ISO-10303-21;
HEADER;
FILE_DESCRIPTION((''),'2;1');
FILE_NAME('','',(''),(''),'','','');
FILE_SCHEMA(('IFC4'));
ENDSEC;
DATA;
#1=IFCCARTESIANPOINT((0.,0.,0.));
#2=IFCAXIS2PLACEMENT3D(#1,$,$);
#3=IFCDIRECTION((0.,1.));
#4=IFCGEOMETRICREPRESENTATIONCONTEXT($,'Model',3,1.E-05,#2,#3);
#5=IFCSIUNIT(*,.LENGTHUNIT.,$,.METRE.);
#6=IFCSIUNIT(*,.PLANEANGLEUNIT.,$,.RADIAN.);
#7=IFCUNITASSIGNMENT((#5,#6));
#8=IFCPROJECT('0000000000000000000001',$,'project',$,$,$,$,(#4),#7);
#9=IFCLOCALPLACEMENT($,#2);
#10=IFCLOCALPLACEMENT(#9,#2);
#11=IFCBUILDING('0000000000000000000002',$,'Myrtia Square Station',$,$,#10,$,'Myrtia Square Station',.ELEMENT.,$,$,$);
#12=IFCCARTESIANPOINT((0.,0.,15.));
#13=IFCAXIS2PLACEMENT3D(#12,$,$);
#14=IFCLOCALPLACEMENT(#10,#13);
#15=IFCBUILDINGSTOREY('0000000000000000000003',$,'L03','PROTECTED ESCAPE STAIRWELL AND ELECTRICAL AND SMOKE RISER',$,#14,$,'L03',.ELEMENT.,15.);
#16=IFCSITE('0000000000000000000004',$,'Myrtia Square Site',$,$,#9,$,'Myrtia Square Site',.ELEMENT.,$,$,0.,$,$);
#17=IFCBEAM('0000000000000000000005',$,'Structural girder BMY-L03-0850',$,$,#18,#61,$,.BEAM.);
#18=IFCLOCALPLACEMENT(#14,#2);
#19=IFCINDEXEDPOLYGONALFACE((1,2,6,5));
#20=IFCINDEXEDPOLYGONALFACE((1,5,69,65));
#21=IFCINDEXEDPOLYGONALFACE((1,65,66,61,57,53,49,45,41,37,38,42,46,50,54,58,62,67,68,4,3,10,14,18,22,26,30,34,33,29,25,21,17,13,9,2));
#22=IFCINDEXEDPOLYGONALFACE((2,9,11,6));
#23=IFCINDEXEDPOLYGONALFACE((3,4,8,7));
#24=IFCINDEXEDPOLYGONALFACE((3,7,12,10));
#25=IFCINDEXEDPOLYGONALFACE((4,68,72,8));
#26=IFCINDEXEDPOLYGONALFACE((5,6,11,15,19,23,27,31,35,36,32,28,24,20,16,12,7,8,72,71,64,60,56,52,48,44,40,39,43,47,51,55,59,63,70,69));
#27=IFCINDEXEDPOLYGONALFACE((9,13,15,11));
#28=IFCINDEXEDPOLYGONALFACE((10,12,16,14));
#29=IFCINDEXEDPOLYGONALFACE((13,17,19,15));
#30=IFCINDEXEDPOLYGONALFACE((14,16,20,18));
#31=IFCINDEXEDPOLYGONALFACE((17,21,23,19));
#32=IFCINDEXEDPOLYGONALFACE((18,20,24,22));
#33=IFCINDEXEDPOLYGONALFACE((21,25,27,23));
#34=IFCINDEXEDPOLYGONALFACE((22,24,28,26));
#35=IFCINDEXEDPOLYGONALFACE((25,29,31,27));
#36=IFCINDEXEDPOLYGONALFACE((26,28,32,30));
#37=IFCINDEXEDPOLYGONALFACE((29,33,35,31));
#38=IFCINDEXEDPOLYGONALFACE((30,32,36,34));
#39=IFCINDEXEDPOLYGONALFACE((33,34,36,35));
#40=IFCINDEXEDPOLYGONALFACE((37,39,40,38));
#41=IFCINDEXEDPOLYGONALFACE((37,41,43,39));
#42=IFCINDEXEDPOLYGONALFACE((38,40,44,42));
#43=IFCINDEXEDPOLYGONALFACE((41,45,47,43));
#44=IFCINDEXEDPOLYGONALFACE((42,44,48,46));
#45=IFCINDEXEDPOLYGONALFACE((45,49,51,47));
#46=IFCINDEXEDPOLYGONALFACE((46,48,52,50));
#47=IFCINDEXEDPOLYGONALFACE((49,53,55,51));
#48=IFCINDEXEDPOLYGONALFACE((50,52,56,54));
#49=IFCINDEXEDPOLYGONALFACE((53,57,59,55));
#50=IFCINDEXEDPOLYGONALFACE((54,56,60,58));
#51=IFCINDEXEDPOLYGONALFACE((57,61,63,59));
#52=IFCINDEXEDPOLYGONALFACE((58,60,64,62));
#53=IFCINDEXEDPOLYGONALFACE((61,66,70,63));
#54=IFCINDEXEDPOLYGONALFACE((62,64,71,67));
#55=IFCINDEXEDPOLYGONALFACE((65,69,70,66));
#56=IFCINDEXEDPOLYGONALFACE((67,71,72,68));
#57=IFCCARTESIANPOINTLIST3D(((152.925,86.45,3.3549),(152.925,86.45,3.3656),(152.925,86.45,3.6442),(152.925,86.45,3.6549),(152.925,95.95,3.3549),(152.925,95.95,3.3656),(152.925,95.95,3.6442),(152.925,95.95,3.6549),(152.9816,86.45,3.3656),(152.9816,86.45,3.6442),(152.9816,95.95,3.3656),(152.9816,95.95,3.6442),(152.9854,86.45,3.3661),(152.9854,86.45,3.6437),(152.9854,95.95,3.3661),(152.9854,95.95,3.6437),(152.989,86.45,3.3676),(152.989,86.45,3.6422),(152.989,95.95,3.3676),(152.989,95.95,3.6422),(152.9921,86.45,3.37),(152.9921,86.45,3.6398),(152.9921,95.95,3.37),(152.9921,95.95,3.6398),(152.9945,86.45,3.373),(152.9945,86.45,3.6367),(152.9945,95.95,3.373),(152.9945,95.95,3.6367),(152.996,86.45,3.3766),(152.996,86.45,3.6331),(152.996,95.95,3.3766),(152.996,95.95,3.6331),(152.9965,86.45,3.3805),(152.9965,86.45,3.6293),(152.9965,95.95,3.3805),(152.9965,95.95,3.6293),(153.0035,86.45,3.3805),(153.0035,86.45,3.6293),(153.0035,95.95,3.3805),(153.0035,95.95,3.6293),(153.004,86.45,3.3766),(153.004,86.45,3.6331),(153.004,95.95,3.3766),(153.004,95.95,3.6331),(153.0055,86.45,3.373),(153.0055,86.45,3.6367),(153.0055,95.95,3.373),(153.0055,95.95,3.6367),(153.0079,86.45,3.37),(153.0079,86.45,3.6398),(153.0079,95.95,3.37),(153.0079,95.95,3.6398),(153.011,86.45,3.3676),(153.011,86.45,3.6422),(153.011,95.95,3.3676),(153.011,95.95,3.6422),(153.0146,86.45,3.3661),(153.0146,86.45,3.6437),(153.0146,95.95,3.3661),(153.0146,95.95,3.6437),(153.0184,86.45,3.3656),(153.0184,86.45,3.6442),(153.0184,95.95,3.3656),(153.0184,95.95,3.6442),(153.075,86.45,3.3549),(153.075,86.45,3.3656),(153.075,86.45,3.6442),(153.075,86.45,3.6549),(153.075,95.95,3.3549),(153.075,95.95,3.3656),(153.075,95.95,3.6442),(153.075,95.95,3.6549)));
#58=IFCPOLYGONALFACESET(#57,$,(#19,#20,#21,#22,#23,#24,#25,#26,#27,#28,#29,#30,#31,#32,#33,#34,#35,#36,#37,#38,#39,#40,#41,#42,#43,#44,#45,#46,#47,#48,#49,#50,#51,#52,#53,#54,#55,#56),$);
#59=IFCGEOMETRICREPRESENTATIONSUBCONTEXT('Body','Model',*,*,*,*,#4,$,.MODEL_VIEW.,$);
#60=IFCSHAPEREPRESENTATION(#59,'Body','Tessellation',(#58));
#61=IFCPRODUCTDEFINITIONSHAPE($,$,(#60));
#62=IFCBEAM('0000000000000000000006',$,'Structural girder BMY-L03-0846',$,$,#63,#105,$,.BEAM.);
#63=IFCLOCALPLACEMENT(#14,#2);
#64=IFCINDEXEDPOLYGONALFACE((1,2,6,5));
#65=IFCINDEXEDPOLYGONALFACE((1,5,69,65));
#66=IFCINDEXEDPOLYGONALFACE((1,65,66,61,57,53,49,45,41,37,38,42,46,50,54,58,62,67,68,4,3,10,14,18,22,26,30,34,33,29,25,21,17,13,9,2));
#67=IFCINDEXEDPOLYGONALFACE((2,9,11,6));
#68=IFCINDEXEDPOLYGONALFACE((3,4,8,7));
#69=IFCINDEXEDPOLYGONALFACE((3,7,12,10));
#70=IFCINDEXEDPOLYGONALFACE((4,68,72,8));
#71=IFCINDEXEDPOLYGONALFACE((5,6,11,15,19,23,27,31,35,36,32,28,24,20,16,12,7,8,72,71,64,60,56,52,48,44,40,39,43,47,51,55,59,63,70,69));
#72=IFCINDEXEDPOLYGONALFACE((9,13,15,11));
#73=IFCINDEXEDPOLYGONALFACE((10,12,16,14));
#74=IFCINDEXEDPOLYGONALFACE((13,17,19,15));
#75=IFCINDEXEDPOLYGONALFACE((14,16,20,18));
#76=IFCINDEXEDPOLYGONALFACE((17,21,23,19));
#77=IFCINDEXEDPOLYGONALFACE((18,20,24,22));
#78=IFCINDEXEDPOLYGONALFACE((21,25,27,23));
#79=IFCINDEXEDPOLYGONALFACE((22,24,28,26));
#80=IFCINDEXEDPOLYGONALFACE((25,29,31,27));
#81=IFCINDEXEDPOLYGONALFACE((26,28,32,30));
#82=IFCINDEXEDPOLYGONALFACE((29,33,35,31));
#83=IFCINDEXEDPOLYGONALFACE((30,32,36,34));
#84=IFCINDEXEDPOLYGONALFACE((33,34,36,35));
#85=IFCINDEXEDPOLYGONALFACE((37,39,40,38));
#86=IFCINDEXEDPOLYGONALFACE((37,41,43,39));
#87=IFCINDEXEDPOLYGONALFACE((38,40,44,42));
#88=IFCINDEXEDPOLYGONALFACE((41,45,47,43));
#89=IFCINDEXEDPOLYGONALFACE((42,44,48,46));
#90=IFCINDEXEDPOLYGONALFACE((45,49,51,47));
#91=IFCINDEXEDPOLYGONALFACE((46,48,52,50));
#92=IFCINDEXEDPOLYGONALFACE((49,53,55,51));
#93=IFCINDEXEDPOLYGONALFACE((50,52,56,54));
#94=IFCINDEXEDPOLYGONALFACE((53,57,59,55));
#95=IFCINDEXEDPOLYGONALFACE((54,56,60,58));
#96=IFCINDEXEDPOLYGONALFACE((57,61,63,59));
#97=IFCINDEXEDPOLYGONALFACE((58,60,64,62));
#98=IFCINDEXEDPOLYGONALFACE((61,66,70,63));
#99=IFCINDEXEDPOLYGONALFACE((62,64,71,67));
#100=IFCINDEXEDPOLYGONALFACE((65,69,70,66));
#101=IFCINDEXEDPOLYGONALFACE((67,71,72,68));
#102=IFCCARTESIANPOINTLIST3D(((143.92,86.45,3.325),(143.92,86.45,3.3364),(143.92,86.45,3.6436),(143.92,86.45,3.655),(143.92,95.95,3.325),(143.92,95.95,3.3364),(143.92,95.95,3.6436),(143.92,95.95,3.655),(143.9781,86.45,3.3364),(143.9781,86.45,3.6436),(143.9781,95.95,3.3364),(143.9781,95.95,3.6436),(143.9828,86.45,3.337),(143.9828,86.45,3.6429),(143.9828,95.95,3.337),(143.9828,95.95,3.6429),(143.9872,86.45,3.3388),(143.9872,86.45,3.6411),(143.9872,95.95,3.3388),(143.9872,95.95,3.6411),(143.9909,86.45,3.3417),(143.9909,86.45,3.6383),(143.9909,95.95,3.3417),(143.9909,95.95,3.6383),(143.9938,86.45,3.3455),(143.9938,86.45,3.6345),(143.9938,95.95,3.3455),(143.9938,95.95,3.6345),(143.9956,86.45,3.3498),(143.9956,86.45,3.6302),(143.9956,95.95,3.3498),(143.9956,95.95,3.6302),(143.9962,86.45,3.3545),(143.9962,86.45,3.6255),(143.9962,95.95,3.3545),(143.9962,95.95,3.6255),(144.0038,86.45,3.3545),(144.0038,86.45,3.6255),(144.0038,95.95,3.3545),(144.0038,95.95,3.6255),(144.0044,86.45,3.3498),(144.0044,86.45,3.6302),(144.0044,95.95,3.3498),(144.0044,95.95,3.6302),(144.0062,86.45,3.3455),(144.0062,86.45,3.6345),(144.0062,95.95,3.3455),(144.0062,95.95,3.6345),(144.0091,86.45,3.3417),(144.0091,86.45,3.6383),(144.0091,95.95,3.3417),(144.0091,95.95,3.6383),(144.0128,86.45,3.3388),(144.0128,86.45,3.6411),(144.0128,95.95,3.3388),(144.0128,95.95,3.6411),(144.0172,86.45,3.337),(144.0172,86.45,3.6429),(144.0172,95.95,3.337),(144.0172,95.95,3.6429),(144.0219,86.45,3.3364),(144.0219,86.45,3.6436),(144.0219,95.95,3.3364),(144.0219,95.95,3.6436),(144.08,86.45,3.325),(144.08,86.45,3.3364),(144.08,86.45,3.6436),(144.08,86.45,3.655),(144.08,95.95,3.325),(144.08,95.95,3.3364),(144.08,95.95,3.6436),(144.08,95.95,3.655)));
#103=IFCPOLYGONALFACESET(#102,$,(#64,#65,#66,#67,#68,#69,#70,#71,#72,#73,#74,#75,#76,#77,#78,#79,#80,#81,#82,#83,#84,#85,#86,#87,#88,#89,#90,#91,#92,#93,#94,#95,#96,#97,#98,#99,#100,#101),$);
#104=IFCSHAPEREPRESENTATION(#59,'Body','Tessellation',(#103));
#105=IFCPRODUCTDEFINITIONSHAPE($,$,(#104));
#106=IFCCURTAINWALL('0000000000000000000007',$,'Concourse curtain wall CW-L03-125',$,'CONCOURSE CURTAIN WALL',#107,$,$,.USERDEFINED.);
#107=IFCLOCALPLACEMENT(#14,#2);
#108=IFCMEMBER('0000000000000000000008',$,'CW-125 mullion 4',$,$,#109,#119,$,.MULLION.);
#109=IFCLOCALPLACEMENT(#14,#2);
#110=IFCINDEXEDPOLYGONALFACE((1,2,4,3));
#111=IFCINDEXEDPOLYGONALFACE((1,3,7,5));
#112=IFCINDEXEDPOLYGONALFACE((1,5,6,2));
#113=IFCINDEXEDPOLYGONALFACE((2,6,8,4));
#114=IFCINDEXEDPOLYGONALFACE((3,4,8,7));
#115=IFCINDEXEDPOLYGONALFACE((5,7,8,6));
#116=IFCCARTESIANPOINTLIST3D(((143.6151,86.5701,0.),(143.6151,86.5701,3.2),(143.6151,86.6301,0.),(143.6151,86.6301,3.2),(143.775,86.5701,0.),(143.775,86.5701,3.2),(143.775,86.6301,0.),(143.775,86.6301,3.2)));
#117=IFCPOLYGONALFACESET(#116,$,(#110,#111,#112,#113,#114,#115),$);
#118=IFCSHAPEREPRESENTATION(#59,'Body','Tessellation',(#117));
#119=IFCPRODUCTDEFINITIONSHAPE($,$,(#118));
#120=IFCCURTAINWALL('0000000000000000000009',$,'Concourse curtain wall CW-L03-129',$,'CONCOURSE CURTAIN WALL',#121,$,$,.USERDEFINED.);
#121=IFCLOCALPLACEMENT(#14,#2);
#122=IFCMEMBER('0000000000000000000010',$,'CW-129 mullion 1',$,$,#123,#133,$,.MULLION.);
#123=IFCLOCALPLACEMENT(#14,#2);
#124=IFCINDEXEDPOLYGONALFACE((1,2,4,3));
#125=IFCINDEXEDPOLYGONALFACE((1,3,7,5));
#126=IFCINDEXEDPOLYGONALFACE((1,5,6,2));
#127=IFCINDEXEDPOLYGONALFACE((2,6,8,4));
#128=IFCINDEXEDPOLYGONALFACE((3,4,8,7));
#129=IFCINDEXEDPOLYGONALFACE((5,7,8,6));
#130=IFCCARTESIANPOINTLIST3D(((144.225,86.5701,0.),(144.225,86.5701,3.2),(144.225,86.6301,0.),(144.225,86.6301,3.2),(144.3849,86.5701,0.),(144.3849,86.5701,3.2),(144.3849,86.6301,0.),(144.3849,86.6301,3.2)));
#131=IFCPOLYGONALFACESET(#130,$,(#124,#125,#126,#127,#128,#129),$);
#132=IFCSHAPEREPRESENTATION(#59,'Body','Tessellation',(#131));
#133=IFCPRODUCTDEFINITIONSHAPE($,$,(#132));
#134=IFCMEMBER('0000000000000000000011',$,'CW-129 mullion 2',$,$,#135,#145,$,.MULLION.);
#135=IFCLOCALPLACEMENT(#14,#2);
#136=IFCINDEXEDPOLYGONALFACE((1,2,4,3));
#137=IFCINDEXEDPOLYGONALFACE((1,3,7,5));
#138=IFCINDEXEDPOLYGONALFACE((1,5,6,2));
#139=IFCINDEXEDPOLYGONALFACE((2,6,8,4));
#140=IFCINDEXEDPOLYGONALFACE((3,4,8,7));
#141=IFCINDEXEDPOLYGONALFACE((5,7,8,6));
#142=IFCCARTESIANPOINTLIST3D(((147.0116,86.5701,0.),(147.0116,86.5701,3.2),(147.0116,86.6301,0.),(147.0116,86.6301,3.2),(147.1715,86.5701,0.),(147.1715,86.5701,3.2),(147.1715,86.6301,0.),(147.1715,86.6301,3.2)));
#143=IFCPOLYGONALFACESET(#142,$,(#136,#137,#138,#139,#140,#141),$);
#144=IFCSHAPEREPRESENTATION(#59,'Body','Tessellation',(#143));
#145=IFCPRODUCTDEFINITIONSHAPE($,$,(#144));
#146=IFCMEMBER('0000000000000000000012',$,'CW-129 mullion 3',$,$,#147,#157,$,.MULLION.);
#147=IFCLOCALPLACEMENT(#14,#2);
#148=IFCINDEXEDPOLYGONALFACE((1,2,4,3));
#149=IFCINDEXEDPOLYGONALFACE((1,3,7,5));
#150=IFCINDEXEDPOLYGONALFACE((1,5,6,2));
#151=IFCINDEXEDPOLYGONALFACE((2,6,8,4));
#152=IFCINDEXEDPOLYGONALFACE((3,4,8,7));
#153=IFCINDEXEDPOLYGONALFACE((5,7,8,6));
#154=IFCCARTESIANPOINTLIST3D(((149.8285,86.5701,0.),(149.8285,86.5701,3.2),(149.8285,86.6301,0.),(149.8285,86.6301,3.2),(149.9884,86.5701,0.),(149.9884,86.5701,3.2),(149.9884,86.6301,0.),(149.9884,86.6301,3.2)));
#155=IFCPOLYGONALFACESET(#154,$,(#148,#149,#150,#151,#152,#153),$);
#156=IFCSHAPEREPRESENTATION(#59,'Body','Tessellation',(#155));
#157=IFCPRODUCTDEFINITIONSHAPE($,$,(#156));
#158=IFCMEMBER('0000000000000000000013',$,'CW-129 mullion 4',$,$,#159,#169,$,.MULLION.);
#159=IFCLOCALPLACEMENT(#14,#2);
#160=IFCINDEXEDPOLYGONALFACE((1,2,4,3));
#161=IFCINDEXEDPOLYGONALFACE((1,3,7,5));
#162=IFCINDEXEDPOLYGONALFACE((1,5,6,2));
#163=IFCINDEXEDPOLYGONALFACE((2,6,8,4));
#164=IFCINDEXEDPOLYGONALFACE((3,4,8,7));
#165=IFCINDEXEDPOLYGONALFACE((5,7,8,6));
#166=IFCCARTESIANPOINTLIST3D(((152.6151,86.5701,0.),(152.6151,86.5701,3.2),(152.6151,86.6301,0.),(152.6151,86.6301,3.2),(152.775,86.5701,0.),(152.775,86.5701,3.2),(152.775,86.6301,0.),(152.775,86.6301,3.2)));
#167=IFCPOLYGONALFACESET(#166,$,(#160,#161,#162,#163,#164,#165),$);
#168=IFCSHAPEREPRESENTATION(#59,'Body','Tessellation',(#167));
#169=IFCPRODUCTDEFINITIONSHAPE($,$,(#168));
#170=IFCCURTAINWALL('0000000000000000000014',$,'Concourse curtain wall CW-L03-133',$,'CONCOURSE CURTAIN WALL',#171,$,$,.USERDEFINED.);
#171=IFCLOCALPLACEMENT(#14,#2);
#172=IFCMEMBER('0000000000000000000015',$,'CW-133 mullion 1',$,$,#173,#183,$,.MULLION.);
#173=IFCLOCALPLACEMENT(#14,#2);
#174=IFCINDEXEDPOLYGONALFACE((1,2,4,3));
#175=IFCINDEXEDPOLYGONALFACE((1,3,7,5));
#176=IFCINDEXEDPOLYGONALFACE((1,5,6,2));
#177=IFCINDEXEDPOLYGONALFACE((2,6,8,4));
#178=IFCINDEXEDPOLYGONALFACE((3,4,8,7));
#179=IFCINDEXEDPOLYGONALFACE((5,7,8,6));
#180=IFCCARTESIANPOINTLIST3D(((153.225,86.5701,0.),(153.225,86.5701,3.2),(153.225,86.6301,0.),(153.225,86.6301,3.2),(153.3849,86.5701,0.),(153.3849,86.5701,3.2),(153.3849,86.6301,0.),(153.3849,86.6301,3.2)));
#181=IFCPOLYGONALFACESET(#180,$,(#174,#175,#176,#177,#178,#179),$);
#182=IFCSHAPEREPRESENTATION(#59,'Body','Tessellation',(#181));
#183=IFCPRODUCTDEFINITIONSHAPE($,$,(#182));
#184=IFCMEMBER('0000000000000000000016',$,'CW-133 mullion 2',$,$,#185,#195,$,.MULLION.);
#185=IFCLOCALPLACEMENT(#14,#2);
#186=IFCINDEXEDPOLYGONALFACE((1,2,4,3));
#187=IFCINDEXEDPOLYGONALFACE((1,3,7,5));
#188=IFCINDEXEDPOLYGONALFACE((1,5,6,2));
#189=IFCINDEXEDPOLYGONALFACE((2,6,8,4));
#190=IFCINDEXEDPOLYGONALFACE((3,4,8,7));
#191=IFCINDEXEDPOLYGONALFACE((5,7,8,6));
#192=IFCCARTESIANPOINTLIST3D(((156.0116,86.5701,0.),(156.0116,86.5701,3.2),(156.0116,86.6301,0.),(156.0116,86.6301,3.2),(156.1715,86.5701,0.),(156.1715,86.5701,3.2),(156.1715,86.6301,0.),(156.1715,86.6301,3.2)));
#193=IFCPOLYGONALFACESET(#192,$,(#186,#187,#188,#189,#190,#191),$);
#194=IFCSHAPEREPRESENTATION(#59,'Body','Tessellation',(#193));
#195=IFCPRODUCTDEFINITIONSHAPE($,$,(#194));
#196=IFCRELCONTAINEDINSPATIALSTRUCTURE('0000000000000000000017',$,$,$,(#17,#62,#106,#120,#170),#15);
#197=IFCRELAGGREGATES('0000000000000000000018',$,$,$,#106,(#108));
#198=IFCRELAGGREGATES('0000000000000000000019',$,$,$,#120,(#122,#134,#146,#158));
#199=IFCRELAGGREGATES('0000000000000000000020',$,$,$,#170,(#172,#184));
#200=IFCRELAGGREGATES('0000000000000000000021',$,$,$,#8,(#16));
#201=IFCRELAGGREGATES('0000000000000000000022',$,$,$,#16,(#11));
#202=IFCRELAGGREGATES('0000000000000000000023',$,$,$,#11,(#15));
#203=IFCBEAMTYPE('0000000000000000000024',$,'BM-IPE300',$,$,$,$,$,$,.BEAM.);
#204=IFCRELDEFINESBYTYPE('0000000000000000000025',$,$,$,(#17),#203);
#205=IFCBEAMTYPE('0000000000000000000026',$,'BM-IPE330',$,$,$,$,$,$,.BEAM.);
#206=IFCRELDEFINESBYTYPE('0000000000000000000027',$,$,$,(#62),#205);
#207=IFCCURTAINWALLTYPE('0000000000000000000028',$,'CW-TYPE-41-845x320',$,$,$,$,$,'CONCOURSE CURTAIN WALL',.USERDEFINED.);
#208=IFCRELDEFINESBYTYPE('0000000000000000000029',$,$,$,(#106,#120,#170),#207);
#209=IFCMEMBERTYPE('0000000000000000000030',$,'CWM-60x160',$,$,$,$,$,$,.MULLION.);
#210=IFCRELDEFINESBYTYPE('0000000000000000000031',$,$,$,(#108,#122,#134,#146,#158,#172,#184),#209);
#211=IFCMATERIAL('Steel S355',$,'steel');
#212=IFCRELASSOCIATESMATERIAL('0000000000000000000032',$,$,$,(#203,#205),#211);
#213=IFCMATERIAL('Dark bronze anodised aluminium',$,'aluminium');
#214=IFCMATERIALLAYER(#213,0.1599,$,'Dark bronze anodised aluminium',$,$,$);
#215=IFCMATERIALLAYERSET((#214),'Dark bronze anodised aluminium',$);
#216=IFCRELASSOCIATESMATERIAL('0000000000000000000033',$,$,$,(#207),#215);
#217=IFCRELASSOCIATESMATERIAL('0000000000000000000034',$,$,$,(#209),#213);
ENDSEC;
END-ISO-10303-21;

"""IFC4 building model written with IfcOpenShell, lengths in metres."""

from ifc_helpers import new_model, si_unit, direction, frame, origin, origin_2d, place, context, subcontext, project, spatial, rectangle, i_section, extrude, material, layer, layer_set, material_profile, profile_set, type_object, element, aggregate, save


model = new_model("IFC4")

# Units and contexts
model_context = context("Model", 3, precision=1e-05, world=origin(), true_north=direction((0.0, 1.0)))
body_context = subcontext(model_context, "Body", "Model", "MODEL_VIEW")
ifc_project = project(units=[si_unit("LENGTHUNIT", "METRE"), si_unit("PLANEANGLEUNIT", "RADIAN")], contexts=[model_context])

# Site, building, storey
site_placement = place(None, origin())
site = spatial("IfcSite", under=ifc_project, at=site_placement, Name="Myrtia Square Site", LongName="Myrtia Square Site", CompositionType="ELEMENT", RefElevation=0.0)
building_placement = place(site_placement, origin())
building = spatial("IfcBuilding", under=site, at=building_placement, Name="Myrtia Square Station", LongName="Myrtia Square Station", CompositionType="ELEMENT")
storey_placement = place(building_placement, frame((0.0, 0.0, 15.0)))
storey = spatial("IfcBuildingStorey", under=building, at=storey_placement, Name="L03", Description="PROTECTED ESCAPE STAIRWELL AND ELECTRICAL AND SMOKE RISER", LongName="L03", CompositionType="ELEMENT", Elevation=15.0)

# Beams
ifc_material_1 = material(Name="Steel S355", Category="steel")
ifc_material_profile_1 = material_profile(ifc_material_1, i_section(OverallWidth=0.1499, OverallDepth=0.3, WebThickness=0.0071, FlangeThickness=0.0107, FilletRadius=0.0149, at=origin_2d()), Name="IPE 300")
ifc_profile_set_1 = profile_set([ifc_material_profile_1], Name="Steel S355")
beam_type_1 = type_object("IfcBeamType", Name="BM-IPE300", PredefinedType="BEAM", material=ifc_profile_set_1)
beam_1_placement = place(storey_placement, frame((153.0, 86.45, 3.5049), z_axis=(0.0, 1.0, 0.0), x_axis=(-1.0, 0.0, 0.0)))
element("IfcBeam", 1, at=beam_1_placement, inside=storey, type_object=beam_type_1, Name="Structural girder BMY-L03-0850", PredefinedType="BEAM", context=body_context, shape_type="SweptSolid", body=[
    extrude(i_section(OverallWidth=0.1499, OverallDepth=0.3, WebThickness=0.0071, FlangeThickness=0.0107, FilletRadius=0.0149, at=origin_2d()), origin(), (0.0, 0.0, 1.0), 9.5),
])
ifc_material_profile_2 = material_profile(ifc_material_1, i_section(OverallWidth=0.1599, OverallDepth=0.3301, WebThickness=0.0076, FlangeThickness=0.0115, FilletRadius=0.0181, at=origin_2d()), Name="IPE 330")
ifc_profile_set_2 = profile_set([ifc_material_profile_2], Name="Steel S355")
beam_type_2 = type_object("IfcBeamType", Name="BM-IPE330", PredefinedType="BEAM", material=ifc_profile_set_2)
beam_2_placement = place(storey_placement, frame((144.0, 86.45, 3.49), z_axis=(0.0, 1.0, 0.0), x_axis=(-1.0, 0.0, 0.0)))
element("IfcBeam", 2, at=beam_2_placement, inside=storey, type_object=beam_type_2, Name="Structural girder BMY-L03-0846", PredefinedType="BEAM", context=body_context, shape_type="SweptSolid", body=[
    extrude(i_section(OverallWidth=0.1599, OverallDepth=0.3301, WebThickness=0.0076, FlangeThickness=0.0115, FilletRadius=0.0181, at=origin_2d()), origin(), (0.0, 0.0, 1.0), 9.5),
])

# Curtain wall, member
ifc_material_2 = material(Name="Dark bronze anodised aluminium", Category="aluminium")
ifc_layer_1 = layer(ifc_material_2, 0.1599, Name="Dark bronze anodised aluminium")
ifc_layer_set_1 = layer_set([ifc_layer_1], Name="Dark bronze anodised aluminium")
curtain_wall_type = type_object("IfcCurtainWallType", Name="CW-TYPE-41-845x320", ElementType="CONCOURSE CURTAIN WALL", PredefinedType="USERDEFINED", material=ifc_layer_set_1)
curtain_wall_1_placement = place(storey_placement, origin())
curtain_wall_1 = element("IfcCurtainWall", 3, at=curtain_wall_1_placement, inside=storey, type_object=curtain_wall_type, Name="Concourse curtain wall CW-L03-125", ObjectType="CONCOURSE CURTAIN WALL", PredefinedType="USERDEFINED")
ifc_material_profile_3 = material_profile(ifc_material_2, rectangle(XDim=0.0601, YDim=0.1599, at=origin_2d()), Name="ALU-M 60x160")
ifc_profile_set_3 = profile_set([ifc_material_profile_3], Name="Dark bronze anodised aluminium")
member_type_1 = type_object("IfcMemberType", Name="CWM-60x160", PredefinedType="MULLION", material=ifc_profile_set_3)
member_1_placement = place(storey_placement, frame((143.6951, 86.6001, 0.0), z_axis=(0.0, 0.0, 1.0), x_axis=(0.0, 1.0, 0.0)))
member_1 = element("IfcMember", 4, at=member_1_placement, type_object=member_type_1, Name="CW-125 mullion 4", PredefinedType="MULLION", context=body_context, shape_type="SweptSolid", body=[
    extrude(rectangle(XDim=0.0601, YDim=0.1599, at=origin_2d()), origin(), (0.0, 0.0, 1.0), 3.2),
])

# Curtain walls, members
curtain_wall_2_placement = place(storey_placement, origin())
curtain_wall_2 = element("IfcCurtainWall", 5, at=curtain_wall_2_placement, inside=storey, type_object=curtain_wall_type, Name="Concourse curtain wall CW-L03-129", ObjectType="CONCOURSE CURTAIN WALL", PredefinedType="USERDEFINED")
member_2_placement = place(storey_placement, frame((144.3049, 86.6001, 0.0), z_axis=(0.0, 0.0, 1.0), x_axis=(0.0, 1.0, 0.0)))
member_2 = element("IfcMember", 6, at=member_2_placement, type_object=member_type_1, Name="CW-129 mullion 1", PredefinedType="MULLION", context=body_context, shape_type="SweptSolid", body=[
    extrude(rectangle(XDim=0.0601, YDim=0.1599, at=origin_2d()), origin(), (0.0, 0.0, 1.0), 3.2),
])
member_3_placement = place(storey_placement, frame((147.0916, 86.6001, 0.0), z_axis=(0.0, 0.0, 1.0), x_axis=(0.0, 1.0, 0.0)))
member_3 = element("IfcMember", 7, at=member_3_placement, type_object=member_type_1, Name="CW-129 mullion 2", PredefinedType="MULLION", context=body_context, shape_type="SweptSolid", body=[
    extrude(rectangle(XDim=0.0601, YDim=0.1599, at=origin_2d()), origin(), (0.0, 0.0, 1.0), 3.2),
])
member_4_placement = place(storey_placement, frame((149.9084, 86.6001, 0.0), z_axis=(0.0, 0.0, 1.0), x_axis=(0.0, 1.0, 0.0)))
member_4 = element("IfcMember", 8, at=member_4_placement, type_object=member_type_1, Name="CW-129 mullion 3", PredefinedType="MULLION", context=body_context, shape_type="SweptSolid", body=[
    extrude(rectangle(XDim=0.0601, YDim=0.1599, at=origin_2d()), origin(), (0.0, 0.0, 1.0), 3.2),
])
member_5_placement = place(storey_placement, frame((152.6951, 86.6001, 0.0), z_axis=(0.0, 0.0, 1.0), x_axis=(0.0, 1.0, 0.0)))
member_5 = element("IfcMember", 9, at=member_5_placement, type_object=member_type_1, Name="CW-129 mullion 4", PredefinedType="MULLION", context=body_context, shape_type="SweptSolid", body=[
    extrude(rectangle(XDim=0.0601, YDim=0.1599, at=origin_2d()), origin(), (0.0, 0.0, 1.0), 3.2),
])
curtain_wall_3_placement = place(storey_placement, origin())
curtain_wall_3 = element("IfcCurtainWall", 10, at=curtain_wall_3_placement, inside=storey, type_object=curtain_wall_type, Name="Concourse curtain wall CW-L03-133", ObjectType="CONCOURSE CURTAIN WALL", PredefinedType="USERDEFINED")
member_6_placement = place(storey_placement, frame((153.3049, 86.6001, 0.0), z_axis=(0.0, 0.0, 1.0), x_axis=(0.0, 1.0, 0.0)))
member_6 = element("IfcMember", 11, at=member_6_placement, type_object=member_type_1, Name="CW-133 mullion 1", PredefinedType="MULLION", context=body_context, shape_type="SweptSolid", body=[
    extrude(rectangle(XDim=0.0601, YDim=0.1599, at=origin_2d()), origin(), (0.0, 0.0, 1.0), 3.2),
])
member_7_placement = place(storey_placement, frame((156.0916, 86.6001, 0.0), z_axis=(0.0, 0.0, 1.0), x_axis=(0.0, 1.0, 0.0)))
member_7 = element("IfcMember", 12, at=member_7_placement, type_object=member_type_1, Name="CW-133 mullion 2", PredefinedType="MULLION", context=body_context, shape_type="SweptSolid", body=[
    extrude(rectangle(XDim=0.0601, YDim=0.1599, at=origin_2d()), origin(), (0.0, 0.0, 1.0), 3.2),
])

aggregate(curtain_wall_1, [member_1])
aggregate(curtain_wall_2, [member_2, member_3, member_4, member_5])
aggregate(curtain_wall_3, [member_6, member_7])

save(model, "model.ifc")
